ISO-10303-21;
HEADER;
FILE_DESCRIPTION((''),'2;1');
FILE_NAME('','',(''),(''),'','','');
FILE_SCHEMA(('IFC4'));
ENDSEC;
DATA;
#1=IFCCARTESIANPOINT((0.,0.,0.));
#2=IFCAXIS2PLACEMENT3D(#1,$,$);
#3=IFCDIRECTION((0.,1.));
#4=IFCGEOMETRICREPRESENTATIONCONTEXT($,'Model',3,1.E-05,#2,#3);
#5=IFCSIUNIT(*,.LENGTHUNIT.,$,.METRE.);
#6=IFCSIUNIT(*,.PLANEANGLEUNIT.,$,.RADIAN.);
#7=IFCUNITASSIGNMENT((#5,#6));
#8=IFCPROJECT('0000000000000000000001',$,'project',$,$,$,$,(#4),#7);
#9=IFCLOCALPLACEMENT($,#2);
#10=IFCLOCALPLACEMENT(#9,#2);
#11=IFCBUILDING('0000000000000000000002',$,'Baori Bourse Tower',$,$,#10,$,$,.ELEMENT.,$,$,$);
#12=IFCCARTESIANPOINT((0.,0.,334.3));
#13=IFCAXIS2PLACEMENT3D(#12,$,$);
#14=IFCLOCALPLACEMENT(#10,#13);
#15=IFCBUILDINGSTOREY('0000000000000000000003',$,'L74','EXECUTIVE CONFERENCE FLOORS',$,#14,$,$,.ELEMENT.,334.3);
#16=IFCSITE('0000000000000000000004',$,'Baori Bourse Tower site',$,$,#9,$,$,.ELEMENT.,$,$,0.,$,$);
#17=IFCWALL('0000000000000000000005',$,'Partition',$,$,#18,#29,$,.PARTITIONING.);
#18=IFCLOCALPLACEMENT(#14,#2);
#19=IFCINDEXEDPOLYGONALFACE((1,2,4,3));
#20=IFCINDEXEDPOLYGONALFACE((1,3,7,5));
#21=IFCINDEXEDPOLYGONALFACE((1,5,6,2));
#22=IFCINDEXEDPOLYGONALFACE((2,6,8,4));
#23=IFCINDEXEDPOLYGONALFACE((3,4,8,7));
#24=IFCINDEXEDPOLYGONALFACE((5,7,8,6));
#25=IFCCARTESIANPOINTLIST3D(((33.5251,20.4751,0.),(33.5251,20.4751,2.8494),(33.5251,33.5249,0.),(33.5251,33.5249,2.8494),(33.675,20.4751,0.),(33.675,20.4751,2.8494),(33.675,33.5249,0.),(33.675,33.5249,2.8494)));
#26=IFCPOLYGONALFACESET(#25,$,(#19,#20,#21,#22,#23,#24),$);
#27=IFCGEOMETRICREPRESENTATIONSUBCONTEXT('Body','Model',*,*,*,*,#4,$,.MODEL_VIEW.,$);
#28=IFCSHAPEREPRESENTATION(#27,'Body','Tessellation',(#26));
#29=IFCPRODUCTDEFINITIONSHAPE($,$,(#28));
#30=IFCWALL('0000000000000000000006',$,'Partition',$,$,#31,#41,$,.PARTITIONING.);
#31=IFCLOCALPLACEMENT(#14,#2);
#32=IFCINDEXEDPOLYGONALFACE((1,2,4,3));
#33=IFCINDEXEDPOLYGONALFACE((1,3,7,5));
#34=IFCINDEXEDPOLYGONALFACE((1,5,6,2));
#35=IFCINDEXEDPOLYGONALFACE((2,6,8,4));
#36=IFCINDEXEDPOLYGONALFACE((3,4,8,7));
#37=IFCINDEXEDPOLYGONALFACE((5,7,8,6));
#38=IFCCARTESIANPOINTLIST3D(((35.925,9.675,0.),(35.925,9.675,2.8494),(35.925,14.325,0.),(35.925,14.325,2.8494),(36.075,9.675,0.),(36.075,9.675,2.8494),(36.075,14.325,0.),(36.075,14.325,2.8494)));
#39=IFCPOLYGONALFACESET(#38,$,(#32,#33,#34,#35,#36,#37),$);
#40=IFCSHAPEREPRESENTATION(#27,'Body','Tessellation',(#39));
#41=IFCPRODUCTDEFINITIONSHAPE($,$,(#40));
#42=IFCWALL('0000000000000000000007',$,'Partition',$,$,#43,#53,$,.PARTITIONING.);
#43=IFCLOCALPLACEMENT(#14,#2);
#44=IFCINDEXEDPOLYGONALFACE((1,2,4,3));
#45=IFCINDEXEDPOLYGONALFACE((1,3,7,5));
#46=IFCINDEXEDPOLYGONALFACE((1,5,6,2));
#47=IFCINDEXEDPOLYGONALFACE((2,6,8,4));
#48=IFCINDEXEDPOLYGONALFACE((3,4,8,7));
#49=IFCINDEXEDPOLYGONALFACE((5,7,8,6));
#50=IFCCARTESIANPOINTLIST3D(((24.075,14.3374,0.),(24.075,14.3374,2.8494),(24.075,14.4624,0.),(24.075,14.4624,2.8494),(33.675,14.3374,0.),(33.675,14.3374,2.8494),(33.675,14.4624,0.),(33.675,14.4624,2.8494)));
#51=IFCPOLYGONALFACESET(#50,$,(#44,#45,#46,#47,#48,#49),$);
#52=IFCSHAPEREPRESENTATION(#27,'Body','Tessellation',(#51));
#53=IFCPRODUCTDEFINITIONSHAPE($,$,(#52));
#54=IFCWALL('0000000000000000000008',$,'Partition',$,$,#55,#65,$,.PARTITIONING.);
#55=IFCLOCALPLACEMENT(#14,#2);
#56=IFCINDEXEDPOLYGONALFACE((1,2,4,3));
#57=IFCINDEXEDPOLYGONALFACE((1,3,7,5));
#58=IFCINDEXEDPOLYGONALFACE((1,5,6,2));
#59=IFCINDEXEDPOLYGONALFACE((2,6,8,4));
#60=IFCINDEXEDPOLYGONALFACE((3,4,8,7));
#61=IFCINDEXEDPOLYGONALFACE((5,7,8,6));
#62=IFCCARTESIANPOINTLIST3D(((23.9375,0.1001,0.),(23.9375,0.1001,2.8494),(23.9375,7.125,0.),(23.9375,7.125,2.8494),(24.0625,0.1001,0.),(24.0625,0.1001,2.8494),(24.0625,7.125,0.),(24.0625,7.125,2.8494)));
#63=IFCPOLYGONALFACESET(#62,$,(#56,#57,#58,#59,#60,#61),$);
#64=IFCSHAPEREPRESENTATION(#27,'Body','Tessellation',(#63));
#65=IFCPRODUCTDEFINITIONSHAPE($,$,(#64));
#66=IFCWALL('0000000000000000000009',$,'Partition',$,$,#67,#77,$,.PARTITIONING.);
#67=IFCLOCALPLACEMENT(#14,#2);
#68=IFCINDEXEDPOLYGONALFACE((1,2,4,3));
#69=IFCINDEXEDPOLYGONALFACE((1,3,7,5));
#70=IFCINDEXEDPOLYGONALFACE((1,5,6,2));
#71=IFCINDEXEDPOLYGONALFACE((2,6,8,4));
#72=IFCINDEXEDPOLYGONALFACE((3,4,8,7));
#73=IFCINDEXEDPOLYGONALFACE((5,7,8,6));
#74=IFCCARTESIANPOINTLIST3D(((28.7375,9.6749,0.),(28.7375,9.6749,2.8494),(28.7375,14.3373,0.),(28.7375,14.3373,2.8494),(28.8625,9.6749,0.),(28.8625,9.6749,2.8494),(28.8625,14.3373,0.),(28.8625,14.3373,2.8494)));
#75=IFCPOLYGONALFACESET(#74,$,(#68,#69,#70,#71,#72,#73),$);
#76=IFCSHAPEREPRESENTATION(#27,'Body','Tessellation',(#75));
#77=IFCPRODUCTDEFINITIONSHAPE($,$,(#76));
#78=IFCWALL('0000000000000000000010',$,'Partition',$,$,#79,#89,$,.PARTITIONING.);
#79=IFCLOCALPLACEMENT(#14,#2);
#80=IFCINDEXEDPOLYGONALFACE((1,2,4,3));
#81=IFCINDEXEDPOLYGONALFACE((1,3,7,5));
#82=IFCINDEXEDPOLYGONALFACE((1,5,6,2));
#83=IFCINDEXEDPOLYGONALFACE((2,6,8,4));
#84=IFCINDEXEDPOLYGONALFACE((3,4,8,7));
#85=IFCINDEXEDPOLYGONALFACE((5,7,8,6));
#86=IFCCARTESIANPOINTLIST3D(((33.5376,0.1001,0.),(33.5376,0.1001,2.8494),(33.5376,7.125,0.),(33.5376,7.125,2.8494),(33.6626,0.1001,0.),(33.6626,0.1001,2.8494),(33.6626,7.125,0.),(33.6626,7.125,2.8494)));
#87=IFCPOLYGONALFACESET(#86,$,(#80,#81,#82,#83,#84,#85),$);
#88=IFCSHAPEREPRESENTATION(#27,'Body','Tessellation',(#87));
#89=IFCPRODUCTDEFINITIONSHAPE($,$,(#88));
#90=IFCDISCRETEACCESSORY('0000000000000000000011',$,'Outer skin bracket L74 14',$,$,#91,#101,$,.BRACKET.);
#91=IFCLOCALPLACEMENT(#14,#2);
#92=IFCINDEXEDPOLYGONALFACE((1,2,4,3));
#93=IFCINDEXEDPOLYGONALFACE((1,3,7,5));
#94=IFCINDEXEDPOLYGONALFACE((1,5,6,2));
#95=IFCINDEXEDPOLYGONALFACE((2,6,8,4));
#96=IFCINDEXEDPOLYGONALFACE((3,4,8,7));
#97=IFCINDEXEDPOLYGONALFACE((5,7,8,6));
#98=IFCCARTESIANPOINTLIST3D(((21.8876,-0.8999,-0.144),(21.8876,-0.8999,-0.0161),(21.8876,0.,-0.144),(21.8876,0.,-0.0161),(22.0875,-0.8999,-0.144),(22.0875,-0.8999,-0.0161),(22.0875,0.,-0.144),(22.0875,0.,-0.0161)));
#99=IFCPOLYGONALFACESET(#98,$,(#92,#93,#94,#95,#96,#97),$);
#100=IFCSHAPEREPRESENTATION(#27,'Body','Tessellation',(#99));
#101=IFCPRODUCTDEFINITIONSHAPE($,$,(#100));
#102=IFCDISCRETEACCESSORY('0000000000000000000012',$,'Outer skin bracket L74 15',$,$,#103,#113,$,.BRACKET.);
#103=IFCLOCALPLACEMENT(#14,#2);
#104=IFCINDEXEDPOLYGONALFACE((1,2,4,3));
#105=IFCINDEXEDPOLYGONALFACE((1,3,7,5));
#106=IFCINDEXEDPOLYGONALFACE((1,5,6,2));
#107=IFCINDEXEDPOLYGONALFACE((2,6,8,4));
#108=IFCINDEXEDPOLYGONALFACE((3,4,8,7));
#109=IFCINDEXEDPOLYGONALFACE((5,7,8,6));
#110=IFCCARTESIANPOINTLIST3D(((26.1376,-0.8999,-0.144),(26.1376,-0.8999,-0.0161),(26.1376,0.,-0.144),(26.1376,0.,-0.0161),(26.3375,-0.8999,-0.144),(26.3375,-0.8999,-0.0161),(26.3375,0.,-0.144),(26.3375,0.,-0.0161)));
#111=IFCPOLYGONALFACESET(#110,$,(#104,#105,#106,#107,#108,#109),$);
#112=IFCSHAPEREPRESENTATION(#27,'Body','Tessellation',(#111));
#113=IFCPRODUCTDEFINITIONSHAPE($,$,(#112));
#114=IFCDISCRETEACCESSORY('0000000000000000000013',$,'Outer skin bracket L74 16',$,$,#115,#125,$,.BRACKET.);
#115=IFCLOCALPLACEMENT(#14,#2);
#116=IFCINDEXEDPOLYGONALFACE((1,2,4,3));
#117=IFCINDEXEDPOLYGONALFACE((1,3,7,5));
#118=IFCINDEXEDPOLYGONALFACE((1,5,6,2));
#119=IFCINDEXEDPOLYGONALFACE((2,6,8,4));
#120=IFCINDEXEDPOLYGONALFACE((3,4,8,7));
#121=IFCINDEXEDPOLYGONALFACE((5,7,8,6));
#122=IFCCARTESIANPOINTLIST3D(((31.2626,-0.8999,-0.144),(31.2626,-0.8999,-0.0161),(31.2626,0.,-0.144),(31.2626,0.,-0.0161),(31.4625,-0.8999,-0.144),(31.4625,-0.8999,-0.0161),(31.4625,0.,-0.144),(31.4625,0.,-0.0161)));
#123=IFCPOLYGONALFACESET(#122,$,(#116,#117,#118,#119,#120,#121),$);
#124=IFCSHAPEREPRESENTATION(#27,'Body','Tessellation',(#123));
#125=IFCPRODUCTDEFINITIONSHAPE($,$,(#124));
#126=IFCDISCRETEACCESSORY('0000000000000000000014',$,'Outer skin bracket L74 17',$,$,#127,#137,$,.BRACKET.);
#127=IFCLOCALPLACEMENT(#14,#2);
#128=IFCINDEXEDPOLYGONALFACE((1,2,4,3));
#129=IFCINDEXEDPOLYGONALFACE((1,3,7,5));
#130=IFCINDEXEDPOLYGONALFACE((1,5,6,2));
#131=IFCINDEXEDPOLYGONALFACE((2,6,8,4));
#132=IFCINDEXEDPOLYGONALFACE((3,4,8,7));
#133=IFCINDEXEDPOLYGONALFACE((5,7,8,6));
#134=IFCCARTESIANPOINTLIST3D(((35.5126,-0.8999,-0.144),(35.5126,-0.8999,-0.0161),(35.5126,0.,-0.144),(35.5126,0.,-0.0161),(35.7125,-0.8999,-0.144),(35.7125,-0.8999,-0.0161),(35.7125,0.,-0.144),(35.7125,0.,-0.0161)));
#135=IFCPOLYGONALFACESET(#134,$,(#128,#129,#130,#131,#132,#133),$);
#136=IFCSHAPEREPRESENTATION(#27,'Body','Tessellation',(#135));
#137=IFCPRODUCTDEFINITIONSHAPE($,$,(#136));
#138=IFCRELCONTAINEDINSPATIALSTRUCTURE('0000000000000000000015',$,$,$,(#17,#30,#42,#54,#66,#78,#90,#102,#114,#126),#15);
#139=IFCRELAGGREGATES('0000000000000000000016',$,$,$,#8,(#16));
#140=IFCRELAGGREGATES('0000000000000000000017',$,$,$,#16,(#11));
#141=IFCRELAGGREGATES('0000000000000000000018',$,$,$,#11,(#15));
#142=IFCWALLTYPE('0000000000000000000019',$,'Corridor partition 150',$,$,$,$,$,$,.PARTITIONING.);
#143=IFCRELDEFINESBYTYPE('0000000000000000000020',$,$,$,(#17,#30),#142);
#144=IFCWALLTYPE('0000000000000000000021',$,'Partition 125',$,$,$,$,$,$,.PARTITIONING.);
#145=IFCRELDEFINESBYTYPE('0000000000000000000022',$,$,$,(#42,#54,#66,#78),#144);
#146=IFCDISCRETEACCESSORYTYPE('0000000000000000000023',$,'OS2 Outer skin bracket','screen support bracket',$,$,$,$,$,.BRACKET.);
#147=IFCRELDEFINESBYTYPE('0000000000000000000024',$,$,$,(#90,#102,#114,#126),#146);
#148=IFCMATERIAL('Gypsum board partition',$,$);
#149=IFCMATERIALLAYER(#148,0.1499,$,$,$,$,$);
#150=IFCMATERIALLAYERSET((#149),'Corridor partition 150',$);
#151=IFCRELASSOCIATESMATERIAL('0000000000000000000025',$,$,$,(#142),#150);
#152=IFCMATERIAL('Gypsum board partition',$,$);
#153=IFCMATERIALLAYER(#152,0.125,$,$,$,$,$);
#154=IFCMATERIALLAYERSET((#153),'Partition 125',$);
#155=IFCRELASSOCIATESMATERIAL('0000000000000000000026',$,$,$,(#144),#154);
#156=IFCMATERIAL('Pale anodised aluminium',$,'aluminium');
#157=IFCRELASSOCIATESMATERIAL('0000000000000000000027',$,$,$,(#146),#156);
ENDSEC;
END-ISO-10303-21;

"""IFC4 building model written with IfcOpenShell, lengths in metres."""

from ifc_helpers import new_model, si_unit, direction, frame, frame_2d, origin, origin_2d, place, context, subcontext, project, spatial, rectangle, extrude, material, layer, layer_set, type_object, element, save


model = new_model("IFC4")

# Units and contexts
model_context = context("Model", 3, precision=1e-05, world=origin(), true_north=direction((0.0, 1.0)))
body_context = subcontext(model_context, "Body", "Model", "MODEL_VIEW")
ifc_project = project(units=[si_unit("LENGTHUNIT", "METRE"), si_unit("PLANEANGLEUNIT", "RADIAN")], contexts=[model_context])

# Site, building, storey
site_placement = place(None, origin())
site = spatial("IfcSite", under=ifc_project, at=site_placement, Name="Baori Bourse Tower site", CompositionType="ELEMENT", RefElevation=0.0)
building_placement = place(site_placement, origin())
building = spatial("IfcBuilding", under=site, at=building_placement, Name="Baori Bourse Tower", CompositionType="ELEMENT")
storey_placement = place(building_placement, frame((0.0, 0.0, 334.3)))
storey = spatial("IfcBuildingStorey", under=building, at=storey_placement, Name="L74", Description="EXECUTIVE CONFERENCE FLOORS", CompositionType="ELEMENT", Elevation=334.3)

# Shared definitions
ifc_material_1 = material(Name="Gypsum board partition")
ifc_layer_1 = layer(ifc_material_1, 0.1499)
ifc_layer_set_1 = layer_set([ifc_layer_1], Name="Corridor partition 150")
wall_type_1 = type_object("IfcWallType", Name="Corridor partition 150", PredefinedType="PARTITIONING", material=ifc_layer_set_1)

# Walls
wall_1_placement = place(storey_placement, frame((33.6001, 20.4751, 0.0), z_axis=(0.0, 0.0, 1.0), x_axis=(0.0, 1.0, 0.0)))
element("IfcWall", 1, at=wall_1_placement, inside=storey, type_object=wall_type_1, Name="Partition", PredefinedType="PARTITIONING", context=body_context, shape_type="SweptSolid", body=[
    extrude(rectangle(XDim=13.0498, YDim=0.1499, at=frame_2d((6.5249, 0.0))), origin(), (0.0, 0.0, 1.0), 2.8494),
])
wall_2_placement = place(storey_placement, frame((36.0, 9.675, 0.0), z_axis=(0.0, 0.0, 1.0), x_axis=(0.0, 1.0, 0.0)))
element("IfcWall", 2, at=wall_2_placement, inside=storey, type_object=wall_type_1, Name="Partition", PredefinedType="PARTITIONING", context=body_context, shape_type="SweptSolid", body=[
    extrude(rectangle(XDim=4.6499, YDim=0.1499, at=frame_2d((2.325, 0.0))), origin(), (0.0, 0.0, 1.0), 2.8494),
])
ifc_material_2 = material(Name="Gypsum board partition")
ifc_layer_2 = layer(ifc_material_2, 0.125)
ifc_layer_set_2 = layer_set([ifc_layer_2], Name="Partition 125")
wall_type_2 = type_object("IfcWallType", Name="Partition 125", PredefinedType="PARTITIONING", material=ifc_layer_set_2)
wall_3_placement = place(storey_placement, frame((24.075, 14.3999, 0.0), z_axis=(0.0, 0.0, 1.0), x_axis=(1.0, 0.0, 0.0)))
element("IfcWall", 3, at=wall_3_placement, inside=storey, type_object=wall_type_2, Name="Partition", PredefinedType="PARTITIONING", context=body_context, shape_type="SweptSolid", body=[
    extrude(rectangle(XDim=9.6001, YDim=0.125, at=frame_2d((4.8, 0.0))), origin(), (0.0, 0.0, 1.0), 2.8494),
])
wall_4_placement = place(storey_placement, frame((24.0, 0.1001, 0.0), z_axis=(0.0, 0.0, 1.0), x_axis=(0.0, 1.0, 0.0)))
element("IfcWall", 4, at=wall_4_placement, inside=storey, type_object=wall_type_2, Name="Partition", PredefinedType="PARTITIONING", context=body_context, shape_type="SweptSolid", body=[
    extrude(rectangle(XDim=7.0249, YDim=0.125, at=frame_2d((3.5125, 0.0))), origin(), (0.0, 0.0, 1.0), 2.8494),
])
wall_5_placement = place(storey_placement, frame((28.8, 9.675, 0.0), z_axis=(0.0, 0.0, 1.0), x_axis=(0.0, 1.0, 0.0)))
element("IfcWall", 5, at=wall_5_placement, inside=storey, type_object=wall_type_2, Name="Partition", PredefinedType="PARTITIONING", context=body_context, shape_type="SweptSolid", body=[
    extrude(rectangle(XDim=4.6624, YDim=0.125, at=frame_2d((2.3311, 0.0))), origin(), (0.0, 0.0, 1.0), 2.8494),
])
wall_6_placement = place(storey_placement, frame((33.6001, 0.1001, 0.0), z_axis=(0.0, 0.0, 1.0), x_axis=(0.0, 1.0, 0.0)))
element("IfcWall", 6, at=wall_6_placement, inside=storey, type_object=wall_type_2, Name="Partition", PredefinedType="PARTITIONING", context=body_context, shape_type="SweptSolid", body=[
    extrude(rectangle(XDim=7.0249, YDim=0.125, at=frame_2d((3.5125, 0.0))), origin(), (0.0, 0.0, 1.0), 2.8494),
])

# Discrete accessories
ifc_material_3 = material(Name="Pale anodised aluminium", Category="aluminium")
discrete_accessory_type = type_object("IfcDiscreteAccessoryType", Name="OS2 Outer skin bracket", Description="screen support bracket", PredefinedType="BRACKET", material=ifc_material_3)
for number, where, z_axis, x_axis, name in (
    (7, (21.9875, -0.45, -0.144), (0.0, 0.0, 1.0), (1.0, 0.0, 0.0), "Outer skin bracket L74 14"),
    (8, (26.2375, -0.45, -0.144), (0.0, 0.0, 1.0), (1.0, 0.0, 0.0), "Outer skin bracket L74 15"),
    (9, (31.3625, -0.45, -0.144), (0.0, 0.0, 1.0), (1.0, 0.0, 0.0), "Outer skin bracket L74 16"),
    (10, (35.6125, -0.45, -0.144), (0.0, 0.0, 1.0), (1.0, 0.0, 0.0), "Outer skin bracket L74 17"),
):
    element("IfcDiscreteAccessory", number, at=place(storey_placement, frame(where, z_axis=z_axis, x_axis=x_axis)), inside=storey, type_object=discrete_accessory_type, Name=name, PredefinedType="BRACKET", context=body_context, shape_type="SweptSolid", body=[
        extrude(rectangle(XDim=0.2, YDim=0.8999, at=origin_2d()), origin(), (0.0, 0.0, 1.0), 0.1279),
    ])

save(model, "model.ifc")
